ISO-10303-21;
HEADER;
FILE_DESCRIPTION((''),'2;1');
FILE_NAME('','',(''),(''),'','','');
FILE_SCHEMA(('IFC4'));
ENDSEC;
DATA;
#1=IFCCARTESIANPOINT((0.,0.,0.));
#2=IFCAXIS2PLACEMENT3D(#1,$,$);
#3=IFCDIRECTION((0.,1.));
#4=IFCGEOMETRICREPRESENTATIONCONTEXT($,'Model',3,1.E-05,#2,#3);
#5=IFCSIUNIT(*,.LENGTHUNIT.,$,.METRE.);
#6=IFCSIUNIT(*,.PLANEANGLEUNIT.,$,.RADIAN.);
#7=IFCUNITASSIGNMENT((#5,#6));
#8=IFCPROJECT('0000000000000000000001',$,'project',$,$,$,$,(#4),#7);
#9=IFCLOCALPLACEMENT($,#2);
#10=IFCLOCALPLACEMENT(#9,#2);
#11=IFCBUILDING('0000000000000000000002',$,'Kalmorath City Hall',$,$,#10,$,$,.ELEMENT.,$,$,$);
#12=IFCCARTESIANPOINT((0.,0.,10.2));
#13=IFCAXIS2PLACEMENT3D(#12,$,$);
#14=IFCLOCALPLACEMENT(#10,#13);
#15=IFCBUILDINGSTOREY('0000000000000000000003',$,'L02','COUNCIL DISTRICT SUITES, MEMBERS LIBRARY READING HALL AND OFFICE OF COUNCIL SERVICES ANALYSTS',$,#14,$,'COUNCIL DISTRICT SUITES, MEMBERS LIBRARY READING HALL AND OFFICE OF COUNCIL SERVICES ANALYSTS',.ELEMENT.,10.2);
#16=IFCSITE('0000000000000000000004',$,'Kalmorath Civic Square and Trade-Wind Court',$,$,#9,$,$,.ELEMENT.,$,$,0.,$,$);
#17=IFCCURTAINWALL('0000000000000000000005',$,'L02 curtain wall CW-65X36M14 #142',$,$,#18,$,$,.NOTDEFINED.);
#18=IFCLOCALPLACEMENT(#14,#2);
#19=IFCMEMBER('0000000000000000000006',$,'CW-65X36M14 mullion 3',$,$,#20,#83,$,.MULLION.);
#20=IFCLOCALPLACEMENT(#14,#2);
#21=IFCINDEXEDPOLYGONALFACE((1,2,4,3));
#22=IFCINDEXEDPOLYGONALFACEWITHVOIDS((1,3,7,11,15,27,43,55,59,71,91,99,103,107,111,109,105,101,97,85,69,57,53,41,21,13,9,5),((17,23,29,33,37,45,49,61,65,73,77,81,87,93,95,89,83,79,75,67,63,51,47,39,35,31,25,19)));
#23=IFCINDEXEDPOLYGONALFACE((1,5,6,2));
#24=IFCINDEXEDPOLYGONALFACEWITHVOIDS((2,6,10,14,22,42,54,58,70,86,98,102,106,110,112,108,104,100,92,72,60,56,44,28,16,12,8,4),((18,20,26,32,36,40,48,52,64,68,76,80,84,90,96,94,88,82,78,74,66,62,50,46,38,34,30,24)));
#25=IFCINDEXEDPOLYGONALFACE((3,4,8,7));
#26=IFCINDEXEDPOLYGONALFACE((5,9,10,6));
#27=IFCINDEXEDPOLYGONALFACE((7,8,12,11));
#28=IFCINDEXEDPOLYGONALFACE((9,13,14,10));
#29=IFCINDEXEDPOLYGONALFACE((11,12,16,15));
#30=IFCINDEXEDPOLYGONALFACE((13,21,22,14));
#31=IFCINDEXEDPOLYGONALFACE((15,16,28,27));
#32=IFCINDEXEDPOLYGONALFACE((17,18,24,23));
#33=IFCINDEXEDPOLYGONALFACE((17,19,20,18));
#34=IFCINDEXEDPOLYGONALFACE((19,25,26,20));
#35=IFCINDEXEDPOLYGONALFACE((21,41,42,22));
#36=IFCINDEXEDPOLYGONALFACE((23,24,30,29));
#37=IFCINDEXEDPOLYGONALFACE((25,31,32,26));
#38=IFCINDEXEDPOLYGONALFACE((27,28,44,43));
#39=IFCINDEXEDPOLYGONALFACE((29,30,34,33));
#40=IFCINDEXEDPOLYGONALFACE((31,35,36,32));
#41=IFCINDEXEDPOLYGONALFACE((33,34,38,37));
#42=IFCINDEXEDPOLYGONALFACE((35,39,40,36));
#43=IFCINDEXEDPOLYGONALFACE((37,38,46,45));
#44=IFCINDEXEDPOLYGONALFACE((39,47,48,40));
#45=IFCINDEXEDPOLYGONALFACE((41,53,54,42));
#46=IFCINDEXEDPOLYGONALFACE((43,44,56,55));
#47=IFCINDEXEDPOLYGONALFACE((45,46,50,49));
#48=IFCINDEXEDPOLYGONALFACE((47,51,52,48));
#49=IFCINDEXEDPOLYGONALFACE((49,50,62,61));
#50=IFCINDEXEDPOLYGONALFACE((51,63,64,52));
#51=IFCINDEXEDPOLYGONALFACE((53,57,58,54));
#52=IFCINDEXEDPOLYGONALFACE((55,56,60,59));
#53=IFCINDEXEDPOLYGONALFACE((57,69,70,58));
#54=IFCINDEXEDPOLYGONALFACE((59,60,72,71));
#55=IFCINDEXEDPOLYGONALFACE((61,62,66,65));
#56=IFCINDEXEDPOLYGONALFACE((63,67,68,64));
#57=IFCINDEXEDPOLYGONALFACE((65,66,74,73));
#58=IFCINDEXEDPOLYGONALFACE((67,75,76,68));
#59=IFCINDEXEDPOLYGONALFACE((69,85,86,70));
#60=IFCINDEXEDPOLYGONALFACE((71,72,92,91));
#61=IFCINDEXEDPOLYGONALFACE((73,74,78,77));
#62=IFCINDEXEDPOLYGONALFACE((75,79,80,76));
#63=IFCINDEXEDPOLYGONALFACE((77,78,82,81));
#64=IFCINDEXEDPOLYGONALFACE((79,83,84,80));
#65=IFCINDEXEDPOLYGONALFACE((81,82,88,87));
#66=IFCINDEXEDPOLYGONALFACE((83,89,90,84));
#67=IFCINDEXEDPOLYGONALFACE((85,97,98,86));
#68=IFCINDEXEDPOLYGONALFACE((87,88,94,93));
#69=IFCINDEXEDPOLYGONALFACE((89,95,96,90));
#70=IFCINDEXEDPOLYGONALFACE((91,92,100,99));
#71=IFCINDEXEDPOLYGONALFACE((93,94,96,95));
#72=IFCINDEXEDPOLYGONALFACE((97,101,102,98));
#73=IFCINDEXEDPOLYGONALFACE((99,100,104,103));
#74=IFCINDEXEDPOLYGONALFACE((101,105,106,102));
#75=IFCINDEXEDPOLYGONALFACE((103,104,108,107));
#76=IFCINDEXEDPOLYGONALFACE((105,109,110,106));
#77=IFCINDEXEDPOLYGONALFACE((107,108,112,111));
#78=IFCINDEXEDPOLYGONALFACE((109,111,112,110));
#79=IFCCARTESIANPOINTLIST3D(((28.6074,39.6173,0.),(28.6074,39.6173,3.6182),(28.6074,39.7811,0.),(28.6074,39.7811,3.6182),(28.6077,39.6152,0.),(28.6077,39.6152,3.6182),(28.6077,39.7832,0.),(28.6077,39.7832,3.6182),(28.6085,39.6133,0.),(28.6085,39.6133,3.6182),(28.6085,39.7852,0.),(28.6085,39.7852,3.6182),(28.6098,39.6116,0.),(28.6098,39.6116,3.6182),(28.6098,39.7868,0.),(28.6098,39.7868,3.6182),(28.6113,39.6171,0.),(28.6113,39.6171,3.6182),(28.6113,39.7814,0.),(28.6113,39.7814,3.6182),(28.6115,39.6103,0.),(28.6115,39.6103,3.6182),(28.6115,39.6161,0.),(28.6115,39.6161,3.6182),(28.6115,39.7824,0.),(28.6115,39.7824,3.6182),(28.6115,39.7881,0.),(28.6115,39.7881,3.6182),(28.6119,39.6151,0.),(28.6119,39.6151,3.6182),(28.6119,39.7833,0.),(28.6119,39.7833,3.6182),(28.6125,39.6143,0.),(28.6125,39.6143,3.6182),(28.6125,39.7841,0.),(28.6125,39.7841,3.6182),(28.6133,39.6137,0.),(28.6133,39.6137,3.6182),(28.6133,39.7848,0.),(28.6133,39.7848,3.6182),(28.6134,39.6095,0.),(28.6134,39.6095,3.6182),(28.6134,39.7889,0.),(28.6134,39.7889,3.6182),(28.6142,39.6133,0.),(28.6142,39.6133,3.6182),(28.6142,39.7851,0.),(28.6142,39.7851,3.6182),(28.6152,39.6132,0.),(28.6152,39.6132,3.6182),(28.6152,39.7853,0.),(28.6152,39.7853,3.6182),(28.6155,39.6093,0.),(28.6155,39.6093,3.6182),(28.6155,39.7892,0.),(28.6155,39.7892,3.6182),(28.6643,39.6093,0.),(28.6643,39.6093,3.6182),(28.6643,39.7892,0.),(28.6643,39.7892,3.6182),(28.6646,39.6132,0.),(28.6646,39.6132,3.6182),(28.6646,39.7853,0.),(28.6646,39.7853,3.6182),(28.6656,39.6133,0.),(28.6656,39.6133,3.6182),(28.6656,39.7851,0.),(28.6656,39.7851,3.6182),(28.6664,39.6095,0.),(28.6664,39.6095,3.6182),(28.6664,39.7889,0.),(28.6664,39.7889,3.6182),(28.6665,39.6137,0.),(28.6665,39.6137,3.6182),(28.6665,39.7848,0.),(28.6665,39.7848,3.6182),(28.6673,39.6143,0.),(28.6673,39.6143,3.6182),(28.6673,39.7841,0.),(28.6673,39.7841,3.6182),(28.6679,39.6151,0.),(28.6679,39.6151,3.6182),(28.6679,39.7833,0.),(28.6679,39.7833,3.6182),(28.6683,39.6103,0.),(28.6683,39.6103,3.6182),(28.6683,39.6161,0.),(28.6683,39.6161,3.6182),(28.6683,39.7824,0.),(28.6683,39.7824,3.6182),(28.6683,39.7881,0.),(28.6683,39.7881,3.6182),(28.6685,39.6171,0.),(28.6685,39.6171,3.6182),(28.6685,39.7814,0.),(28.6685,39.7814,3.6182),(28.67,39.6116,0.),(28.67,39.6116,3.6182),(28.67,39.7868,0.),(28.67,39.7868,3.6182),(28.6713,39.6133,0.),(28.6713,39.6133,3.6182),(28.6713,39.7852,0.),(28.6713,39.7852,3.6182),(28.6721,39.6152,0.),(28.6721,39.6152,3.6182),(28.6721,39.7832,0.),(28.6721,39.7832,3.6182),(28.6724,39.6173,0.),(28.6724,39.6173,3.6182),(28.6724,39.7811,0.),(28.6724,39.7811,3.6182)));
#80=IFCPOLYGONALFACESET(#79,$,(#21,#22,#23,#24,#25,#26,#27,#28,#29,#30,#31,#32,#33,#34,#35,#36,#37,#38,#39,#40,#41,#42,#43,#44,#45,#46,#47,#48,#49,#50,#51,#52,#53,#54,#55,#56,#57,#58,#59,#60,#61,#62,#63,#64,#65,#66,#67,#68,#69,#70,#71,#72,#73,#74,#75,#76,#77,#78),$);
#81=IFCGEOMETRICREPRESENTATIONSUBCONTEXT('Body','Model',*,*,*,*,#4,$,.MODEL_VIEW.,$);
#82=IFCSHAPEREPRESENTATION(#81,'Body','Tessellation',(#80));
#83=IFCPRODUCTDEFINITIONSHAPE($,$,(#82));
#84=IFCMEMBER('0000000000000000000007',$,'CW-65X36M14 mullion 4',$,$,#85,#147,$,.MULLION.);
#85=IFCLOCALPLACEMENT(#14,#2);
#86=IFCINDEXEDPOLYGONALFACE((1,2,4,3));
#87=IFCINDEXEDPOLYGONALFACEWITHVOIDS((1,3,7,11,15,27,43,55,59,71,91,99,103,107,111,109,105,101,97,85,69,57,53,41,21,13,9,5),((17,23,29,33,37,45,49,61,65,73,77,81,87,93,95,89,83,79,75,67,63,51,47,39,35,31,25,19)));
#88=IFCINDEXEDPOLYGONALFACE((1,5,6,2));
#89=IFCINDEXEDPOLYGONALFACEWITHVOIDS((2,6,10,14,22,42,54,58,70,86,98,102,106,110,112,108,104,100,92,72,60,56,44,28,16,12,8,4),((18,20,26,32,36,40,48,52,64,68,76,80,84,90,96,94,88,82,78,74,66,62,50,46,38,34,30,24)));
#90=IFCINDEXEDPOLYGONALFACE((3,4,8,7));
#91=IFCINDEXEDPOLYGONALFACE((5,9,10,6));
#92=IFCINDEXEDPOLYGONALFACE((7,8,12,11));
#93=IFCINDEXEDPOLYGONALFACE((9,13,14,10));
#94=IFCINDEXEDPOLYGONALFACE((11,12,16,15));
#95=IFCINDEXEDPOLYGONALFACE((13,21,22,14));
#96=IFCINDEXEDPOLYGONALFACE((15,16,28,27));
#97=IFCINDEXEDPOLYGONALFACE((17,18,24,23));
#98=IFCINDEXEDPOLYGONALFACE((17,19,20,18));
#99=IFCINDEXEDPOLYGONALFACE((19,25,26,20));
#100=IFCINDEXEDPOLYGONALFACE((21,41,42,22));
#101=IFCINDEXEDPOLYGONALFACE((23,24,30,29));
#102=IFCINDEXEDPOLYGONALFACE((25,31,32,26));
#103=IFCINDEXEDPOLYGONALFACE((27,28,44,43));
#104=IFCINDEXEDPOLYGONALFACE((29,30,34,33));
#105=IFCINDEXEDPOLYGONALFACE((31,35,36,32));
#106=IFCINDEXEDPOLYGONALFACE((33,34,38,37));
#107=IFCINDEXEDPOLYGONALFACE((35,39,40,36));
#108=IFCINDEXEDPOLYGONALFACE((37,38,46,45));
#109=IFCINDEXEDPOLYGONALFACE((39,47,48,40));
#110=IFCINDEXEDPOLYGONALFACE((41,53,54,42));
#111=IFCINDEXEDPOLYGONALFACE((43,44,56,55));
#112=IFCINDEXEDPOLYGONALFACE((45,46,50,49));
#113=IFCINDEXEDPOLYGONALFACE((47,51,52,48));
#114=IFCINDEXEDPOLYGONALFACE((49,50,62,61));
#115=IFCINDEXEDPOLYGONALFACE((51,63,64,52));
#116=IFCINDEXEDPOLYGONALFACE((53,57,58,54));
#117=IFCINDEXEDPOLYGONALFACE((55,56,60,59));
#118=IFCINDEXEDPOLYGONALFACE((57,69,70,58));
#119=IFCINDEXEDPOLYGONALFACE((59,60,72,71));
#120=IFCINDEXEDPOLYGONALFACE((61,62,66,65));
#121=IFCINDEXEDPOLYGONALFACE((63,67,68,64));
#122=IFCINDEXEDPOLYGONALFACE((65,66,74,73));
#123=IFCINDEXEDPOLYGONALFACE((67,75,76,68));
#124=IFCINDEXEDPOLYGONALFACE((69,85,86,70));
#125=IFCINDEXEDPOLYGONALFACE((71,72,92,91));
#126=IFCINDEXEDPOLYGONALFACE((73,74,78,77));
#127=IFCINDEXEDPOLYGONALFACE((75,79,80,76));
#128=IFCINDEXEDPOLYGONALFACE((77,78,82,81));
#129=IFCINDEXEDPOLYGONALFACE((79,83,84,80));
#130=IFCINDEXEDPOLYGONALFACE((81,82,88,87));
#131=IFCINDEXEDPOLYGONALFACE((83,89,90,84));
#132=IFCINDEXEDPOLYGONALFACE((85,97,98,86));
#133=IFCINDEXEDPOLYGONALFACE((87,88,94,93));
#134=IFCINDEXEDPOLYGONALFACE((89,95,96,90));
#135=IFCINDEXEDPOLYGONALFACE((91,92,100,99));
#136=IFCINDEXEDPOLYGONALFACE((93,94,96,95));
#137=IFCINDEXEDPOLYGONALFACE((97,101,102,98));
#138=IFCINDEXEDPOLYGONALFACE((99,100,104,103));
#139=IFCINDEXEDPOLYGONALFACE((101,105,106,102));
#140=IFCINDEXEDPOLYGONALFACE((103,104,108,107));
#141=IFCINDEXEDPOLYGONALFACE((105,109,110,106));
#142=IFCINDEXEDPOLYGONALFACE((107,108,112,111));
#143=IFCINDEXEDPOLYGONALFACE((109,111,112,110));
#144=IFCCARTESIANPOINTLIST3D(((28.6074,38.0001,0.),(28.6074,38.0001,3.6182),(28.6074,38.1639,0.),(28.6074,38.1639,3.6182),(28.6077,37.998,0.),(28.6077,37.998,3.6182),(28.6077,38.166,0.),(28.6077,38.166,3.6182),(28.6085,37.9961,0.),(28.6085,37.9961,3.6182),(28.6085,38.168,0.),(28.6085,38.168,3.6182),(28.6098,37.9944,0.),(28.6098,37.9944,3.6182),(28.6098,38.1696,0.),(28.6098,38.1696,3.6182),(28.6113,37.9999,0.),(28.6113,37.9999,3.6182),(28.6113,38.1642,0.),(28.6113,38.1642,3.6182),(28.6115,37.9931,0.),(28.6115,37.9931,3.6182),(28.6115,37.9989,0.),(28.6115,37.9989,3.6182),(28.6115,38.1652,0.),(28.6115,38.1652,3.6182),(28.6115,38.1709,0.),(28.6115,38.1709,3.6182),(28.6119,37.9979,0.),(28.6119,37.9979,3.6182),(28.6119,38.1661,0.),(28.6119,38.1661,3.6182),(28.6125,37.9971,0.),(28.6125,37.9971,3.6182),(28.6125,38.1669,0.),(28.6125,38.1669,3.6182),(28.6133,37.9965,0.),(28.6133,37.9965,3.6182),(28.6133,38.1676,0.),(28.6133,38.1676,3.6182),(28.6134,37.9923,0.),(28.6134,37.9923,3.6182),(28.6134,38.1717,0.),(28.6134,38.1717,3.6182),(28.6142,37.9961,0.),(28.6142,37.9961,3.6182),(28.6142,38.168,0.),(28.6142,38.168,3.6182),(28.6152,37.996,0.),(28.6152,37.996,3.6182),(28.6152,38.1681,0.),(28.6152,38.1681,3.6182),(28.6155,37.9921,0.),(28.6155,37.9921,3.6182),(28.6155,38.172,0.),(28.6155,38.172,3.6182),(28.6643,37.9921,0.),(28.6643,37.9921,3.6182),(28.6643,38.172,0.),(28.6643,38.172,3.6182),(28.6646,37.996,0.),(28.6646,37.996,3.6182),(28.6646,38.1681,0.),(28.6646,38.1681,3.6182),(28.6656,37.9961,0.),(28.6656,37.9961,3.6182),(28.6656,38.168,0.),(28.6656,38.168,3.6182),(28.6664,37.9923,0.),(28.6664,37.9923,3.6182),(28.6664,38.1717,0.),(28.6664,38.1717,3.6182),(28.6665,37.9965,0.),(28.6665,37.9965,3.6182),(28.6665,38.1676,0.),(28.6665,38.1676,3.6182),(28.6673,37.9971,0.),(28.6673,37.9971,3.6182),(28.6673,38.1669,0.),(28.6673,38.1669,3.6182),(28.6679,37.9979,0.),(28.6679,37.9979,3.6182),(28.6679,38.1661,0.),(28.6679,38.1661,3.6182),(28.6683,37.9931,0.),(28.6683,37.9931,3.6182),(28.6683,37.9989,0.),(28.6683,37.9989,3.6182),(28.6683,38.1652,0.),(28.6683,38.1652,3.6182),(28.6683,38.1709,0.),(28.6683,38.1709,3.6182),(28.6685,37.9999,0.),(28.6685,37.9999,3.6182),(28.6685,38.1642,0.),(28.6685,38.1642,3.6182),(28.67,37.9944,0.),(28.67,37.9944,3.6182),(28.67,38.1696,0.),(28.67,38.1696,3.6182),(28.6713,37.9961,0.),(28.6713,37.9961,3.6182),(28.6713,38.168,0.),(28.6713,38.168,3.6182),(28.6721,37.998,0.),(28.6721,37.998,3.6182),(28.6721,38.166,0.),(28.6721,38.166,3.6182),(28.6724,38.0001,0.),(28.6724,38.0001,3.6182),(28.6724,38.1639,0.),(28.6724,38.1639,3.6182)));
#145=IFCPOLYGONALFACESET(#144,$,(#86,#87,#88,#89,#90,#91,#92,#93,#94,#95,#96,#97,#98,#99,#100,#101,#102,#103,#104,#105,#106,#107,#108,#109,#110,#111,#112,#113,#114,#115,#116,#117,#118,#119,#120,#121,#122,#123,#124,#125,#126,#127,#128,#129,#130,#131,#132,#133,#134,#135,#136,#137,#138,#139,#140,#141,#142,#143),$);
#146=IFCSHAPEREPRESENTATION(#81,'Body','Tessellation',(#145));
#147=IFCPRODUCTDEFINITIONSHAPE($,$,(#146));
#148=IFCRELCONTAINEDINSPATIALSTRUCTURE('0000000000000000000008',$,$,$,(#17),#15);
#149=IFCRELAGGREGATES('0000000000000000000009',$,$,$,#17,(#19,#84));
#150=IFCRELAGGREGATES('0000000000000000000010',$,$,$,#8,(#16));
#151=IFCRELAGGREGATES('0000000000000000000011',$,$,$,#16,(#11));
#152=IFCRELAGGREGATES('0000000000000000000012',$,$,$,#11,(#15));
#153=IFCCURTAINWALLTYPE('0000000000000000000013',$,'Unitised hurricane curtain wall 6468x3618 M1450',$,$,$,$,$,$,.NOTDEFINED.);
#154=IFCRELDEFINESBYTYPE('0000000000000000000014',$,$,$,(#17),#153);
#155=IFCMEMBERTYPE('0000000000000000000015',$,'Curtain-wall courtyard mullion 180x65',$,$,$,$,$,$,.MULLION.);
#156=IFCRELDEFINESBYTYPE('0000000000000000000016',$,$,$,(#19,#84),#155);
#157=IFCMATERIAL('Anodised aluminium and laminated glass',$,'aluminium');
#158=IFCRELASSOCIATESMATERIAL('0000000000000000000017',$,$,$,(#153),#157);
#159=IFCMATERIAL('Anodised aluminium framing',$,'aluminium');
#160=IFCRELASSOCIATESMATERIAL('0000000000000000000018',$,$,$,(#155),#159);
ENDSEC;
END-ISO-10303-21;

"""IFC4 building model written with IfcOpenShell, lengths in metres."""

from ifc_helpers import new_model, si_unit, direction, frame, origin, origin_2d, place, context, subcontext, project, spatial, hollow_rectangle, extrude, material, material_profile, profile_set, type_object, element, aggregate, save


model = new_model("IFC4")

# Units and contexts
model_context = context("Model", 3, precision=1e-05, world=origin(), true_north=direction((0.0, 1.0)))
body_context = subcontext(model_context, "Body", "Model", "MODEL_VIEW")
ifc_project = project(units=[si_unit("LENGTHUNIT", "METRE"), si_unit("PLANEANGLEUNIT", "RADIAN")], contexts=[model_context])

# Site, building, storey
site_placement = place(None, origin())
site = spatial("IfcSite", under=ifc_project, at=site_placement, Name="Kalmorath Civic Square and Trade-Wind Court", CompositionType="ELEMENT", RefElevation=0.0)
building_placement = place(site_placement, origin())
building = spatial("IfcBuilding", under=site, at=building_placement, Name="Kalmorath City Hall", CompositionType="ELEMENT")
storey_placement = place(building_placement, frame((0.0, 0.0, 10.2)))
storey = spatial("IfcBuildingStorey", under=building, at=storey_placement, Name="L02", Description="COUNCIL DISTRICT SUITES, MEMBERS LIBRARY READING HALL AND OFFICE OF COUNCIL SERVICES ANALYSTS", LongName="COUNCIL DISTRICT SUITES, MEMBERS LIBRARY READING HALL AND OFFICE OF COUNCIL SERVICES ANALYSTS", CompositionType="ELEMENT", Elevation=10.2)

# Curtain wall, members
ifc_material_1 = material(Name="Anodised aluminium and laminated glass", Category="aluminium")
curtain_wall_type = type_object("IfcCurtainWallType", Name="Unitised hurricane curtain wall 6468x3618 M1450", PredefinedType="NOTDEFINED", material=ifc_material_1)
curtain_wall_placement = place(storey_placement, origin())
curtain_wall = element("IfcCurtainWall", 1, at=curtain_wall_placement, inside=storey, type_object=curtain_wall_type, Name="L02 curtain wall CW-65X36M14 #142", PredefinedType="NOTDEFINED")
ifc_material_2 = material(Name="Anodised aluminium framing", Category="aluminium")
ifc_material_profile_1 = material_profile(ifc_material_2, hollow_rectangle(XDim=0.0649, YDim=0.1799, WallThickness=0.0039, InnerFilletRadius=0.0039, OuterFilletRadius=0.0081, at=origin_2d()), Name="ALU-MUL-180X65X4")
ifc_profile_set_1 = profile_set([ifc_material_profile_1], Name="Anodised aluminium framing")
member_type_1 = type_object("IfcMemberType", Name="Curtain-wall courtyard mullion 180x65", PredefinedType="MULLION", material=ifc_profile_set_1)
member_1_placement = place(storey_placement, frame((28.6399, 39.6992, 0.0), z_axis=(0.0, 0.0, 1.0), x_axis=(1.0, 0.0, 0.0)))
member_1 = element("IfcMember", 2, at=member_1_placement, type_object=member_type_1, Name="CW-65X36M14 mullion 3", PredefinedType="MULLION", context=body_context, shape_type="SweptSolid", body=[
    extrude(hollow_rectangle(XDim=0.0649, YDim=0.1799, WallThickness=0.0039, InnerFilletRadius=0.0039, OuterFilletRadius=0.0081, at=origin_2d()), origin(), (0.0, 0.0, 1.0), 3.6182),
])
member_2_placement = place(storey_placement, frame((28.6399, 38.082, 0.0), z_axis=(0.0, 0.0, 1.0), x_axis=(1.0, 0.0, 0.0)))
member_2 = element("IfcMember", 3, at=member_2_placement, type_object=member_type_1, Name="CW-65X36M14 mullion 4", PredefinedType="MULLION", context=body_context, shape_type="SweptSolid", body=[
    extrude(hollow_rectangle(XDim=0.0649, YDim=0.1799, WallThickness=0.0039, InnerFilletRadius=0.0039, OuterFilletRadius=0.0081, at=origin_2d()), origin(), (0.0, 0.0, 1.0), 3.6182),
])

aggregate(curtain_wall, [member_1, member_2])

save(model, "model.ifc")
